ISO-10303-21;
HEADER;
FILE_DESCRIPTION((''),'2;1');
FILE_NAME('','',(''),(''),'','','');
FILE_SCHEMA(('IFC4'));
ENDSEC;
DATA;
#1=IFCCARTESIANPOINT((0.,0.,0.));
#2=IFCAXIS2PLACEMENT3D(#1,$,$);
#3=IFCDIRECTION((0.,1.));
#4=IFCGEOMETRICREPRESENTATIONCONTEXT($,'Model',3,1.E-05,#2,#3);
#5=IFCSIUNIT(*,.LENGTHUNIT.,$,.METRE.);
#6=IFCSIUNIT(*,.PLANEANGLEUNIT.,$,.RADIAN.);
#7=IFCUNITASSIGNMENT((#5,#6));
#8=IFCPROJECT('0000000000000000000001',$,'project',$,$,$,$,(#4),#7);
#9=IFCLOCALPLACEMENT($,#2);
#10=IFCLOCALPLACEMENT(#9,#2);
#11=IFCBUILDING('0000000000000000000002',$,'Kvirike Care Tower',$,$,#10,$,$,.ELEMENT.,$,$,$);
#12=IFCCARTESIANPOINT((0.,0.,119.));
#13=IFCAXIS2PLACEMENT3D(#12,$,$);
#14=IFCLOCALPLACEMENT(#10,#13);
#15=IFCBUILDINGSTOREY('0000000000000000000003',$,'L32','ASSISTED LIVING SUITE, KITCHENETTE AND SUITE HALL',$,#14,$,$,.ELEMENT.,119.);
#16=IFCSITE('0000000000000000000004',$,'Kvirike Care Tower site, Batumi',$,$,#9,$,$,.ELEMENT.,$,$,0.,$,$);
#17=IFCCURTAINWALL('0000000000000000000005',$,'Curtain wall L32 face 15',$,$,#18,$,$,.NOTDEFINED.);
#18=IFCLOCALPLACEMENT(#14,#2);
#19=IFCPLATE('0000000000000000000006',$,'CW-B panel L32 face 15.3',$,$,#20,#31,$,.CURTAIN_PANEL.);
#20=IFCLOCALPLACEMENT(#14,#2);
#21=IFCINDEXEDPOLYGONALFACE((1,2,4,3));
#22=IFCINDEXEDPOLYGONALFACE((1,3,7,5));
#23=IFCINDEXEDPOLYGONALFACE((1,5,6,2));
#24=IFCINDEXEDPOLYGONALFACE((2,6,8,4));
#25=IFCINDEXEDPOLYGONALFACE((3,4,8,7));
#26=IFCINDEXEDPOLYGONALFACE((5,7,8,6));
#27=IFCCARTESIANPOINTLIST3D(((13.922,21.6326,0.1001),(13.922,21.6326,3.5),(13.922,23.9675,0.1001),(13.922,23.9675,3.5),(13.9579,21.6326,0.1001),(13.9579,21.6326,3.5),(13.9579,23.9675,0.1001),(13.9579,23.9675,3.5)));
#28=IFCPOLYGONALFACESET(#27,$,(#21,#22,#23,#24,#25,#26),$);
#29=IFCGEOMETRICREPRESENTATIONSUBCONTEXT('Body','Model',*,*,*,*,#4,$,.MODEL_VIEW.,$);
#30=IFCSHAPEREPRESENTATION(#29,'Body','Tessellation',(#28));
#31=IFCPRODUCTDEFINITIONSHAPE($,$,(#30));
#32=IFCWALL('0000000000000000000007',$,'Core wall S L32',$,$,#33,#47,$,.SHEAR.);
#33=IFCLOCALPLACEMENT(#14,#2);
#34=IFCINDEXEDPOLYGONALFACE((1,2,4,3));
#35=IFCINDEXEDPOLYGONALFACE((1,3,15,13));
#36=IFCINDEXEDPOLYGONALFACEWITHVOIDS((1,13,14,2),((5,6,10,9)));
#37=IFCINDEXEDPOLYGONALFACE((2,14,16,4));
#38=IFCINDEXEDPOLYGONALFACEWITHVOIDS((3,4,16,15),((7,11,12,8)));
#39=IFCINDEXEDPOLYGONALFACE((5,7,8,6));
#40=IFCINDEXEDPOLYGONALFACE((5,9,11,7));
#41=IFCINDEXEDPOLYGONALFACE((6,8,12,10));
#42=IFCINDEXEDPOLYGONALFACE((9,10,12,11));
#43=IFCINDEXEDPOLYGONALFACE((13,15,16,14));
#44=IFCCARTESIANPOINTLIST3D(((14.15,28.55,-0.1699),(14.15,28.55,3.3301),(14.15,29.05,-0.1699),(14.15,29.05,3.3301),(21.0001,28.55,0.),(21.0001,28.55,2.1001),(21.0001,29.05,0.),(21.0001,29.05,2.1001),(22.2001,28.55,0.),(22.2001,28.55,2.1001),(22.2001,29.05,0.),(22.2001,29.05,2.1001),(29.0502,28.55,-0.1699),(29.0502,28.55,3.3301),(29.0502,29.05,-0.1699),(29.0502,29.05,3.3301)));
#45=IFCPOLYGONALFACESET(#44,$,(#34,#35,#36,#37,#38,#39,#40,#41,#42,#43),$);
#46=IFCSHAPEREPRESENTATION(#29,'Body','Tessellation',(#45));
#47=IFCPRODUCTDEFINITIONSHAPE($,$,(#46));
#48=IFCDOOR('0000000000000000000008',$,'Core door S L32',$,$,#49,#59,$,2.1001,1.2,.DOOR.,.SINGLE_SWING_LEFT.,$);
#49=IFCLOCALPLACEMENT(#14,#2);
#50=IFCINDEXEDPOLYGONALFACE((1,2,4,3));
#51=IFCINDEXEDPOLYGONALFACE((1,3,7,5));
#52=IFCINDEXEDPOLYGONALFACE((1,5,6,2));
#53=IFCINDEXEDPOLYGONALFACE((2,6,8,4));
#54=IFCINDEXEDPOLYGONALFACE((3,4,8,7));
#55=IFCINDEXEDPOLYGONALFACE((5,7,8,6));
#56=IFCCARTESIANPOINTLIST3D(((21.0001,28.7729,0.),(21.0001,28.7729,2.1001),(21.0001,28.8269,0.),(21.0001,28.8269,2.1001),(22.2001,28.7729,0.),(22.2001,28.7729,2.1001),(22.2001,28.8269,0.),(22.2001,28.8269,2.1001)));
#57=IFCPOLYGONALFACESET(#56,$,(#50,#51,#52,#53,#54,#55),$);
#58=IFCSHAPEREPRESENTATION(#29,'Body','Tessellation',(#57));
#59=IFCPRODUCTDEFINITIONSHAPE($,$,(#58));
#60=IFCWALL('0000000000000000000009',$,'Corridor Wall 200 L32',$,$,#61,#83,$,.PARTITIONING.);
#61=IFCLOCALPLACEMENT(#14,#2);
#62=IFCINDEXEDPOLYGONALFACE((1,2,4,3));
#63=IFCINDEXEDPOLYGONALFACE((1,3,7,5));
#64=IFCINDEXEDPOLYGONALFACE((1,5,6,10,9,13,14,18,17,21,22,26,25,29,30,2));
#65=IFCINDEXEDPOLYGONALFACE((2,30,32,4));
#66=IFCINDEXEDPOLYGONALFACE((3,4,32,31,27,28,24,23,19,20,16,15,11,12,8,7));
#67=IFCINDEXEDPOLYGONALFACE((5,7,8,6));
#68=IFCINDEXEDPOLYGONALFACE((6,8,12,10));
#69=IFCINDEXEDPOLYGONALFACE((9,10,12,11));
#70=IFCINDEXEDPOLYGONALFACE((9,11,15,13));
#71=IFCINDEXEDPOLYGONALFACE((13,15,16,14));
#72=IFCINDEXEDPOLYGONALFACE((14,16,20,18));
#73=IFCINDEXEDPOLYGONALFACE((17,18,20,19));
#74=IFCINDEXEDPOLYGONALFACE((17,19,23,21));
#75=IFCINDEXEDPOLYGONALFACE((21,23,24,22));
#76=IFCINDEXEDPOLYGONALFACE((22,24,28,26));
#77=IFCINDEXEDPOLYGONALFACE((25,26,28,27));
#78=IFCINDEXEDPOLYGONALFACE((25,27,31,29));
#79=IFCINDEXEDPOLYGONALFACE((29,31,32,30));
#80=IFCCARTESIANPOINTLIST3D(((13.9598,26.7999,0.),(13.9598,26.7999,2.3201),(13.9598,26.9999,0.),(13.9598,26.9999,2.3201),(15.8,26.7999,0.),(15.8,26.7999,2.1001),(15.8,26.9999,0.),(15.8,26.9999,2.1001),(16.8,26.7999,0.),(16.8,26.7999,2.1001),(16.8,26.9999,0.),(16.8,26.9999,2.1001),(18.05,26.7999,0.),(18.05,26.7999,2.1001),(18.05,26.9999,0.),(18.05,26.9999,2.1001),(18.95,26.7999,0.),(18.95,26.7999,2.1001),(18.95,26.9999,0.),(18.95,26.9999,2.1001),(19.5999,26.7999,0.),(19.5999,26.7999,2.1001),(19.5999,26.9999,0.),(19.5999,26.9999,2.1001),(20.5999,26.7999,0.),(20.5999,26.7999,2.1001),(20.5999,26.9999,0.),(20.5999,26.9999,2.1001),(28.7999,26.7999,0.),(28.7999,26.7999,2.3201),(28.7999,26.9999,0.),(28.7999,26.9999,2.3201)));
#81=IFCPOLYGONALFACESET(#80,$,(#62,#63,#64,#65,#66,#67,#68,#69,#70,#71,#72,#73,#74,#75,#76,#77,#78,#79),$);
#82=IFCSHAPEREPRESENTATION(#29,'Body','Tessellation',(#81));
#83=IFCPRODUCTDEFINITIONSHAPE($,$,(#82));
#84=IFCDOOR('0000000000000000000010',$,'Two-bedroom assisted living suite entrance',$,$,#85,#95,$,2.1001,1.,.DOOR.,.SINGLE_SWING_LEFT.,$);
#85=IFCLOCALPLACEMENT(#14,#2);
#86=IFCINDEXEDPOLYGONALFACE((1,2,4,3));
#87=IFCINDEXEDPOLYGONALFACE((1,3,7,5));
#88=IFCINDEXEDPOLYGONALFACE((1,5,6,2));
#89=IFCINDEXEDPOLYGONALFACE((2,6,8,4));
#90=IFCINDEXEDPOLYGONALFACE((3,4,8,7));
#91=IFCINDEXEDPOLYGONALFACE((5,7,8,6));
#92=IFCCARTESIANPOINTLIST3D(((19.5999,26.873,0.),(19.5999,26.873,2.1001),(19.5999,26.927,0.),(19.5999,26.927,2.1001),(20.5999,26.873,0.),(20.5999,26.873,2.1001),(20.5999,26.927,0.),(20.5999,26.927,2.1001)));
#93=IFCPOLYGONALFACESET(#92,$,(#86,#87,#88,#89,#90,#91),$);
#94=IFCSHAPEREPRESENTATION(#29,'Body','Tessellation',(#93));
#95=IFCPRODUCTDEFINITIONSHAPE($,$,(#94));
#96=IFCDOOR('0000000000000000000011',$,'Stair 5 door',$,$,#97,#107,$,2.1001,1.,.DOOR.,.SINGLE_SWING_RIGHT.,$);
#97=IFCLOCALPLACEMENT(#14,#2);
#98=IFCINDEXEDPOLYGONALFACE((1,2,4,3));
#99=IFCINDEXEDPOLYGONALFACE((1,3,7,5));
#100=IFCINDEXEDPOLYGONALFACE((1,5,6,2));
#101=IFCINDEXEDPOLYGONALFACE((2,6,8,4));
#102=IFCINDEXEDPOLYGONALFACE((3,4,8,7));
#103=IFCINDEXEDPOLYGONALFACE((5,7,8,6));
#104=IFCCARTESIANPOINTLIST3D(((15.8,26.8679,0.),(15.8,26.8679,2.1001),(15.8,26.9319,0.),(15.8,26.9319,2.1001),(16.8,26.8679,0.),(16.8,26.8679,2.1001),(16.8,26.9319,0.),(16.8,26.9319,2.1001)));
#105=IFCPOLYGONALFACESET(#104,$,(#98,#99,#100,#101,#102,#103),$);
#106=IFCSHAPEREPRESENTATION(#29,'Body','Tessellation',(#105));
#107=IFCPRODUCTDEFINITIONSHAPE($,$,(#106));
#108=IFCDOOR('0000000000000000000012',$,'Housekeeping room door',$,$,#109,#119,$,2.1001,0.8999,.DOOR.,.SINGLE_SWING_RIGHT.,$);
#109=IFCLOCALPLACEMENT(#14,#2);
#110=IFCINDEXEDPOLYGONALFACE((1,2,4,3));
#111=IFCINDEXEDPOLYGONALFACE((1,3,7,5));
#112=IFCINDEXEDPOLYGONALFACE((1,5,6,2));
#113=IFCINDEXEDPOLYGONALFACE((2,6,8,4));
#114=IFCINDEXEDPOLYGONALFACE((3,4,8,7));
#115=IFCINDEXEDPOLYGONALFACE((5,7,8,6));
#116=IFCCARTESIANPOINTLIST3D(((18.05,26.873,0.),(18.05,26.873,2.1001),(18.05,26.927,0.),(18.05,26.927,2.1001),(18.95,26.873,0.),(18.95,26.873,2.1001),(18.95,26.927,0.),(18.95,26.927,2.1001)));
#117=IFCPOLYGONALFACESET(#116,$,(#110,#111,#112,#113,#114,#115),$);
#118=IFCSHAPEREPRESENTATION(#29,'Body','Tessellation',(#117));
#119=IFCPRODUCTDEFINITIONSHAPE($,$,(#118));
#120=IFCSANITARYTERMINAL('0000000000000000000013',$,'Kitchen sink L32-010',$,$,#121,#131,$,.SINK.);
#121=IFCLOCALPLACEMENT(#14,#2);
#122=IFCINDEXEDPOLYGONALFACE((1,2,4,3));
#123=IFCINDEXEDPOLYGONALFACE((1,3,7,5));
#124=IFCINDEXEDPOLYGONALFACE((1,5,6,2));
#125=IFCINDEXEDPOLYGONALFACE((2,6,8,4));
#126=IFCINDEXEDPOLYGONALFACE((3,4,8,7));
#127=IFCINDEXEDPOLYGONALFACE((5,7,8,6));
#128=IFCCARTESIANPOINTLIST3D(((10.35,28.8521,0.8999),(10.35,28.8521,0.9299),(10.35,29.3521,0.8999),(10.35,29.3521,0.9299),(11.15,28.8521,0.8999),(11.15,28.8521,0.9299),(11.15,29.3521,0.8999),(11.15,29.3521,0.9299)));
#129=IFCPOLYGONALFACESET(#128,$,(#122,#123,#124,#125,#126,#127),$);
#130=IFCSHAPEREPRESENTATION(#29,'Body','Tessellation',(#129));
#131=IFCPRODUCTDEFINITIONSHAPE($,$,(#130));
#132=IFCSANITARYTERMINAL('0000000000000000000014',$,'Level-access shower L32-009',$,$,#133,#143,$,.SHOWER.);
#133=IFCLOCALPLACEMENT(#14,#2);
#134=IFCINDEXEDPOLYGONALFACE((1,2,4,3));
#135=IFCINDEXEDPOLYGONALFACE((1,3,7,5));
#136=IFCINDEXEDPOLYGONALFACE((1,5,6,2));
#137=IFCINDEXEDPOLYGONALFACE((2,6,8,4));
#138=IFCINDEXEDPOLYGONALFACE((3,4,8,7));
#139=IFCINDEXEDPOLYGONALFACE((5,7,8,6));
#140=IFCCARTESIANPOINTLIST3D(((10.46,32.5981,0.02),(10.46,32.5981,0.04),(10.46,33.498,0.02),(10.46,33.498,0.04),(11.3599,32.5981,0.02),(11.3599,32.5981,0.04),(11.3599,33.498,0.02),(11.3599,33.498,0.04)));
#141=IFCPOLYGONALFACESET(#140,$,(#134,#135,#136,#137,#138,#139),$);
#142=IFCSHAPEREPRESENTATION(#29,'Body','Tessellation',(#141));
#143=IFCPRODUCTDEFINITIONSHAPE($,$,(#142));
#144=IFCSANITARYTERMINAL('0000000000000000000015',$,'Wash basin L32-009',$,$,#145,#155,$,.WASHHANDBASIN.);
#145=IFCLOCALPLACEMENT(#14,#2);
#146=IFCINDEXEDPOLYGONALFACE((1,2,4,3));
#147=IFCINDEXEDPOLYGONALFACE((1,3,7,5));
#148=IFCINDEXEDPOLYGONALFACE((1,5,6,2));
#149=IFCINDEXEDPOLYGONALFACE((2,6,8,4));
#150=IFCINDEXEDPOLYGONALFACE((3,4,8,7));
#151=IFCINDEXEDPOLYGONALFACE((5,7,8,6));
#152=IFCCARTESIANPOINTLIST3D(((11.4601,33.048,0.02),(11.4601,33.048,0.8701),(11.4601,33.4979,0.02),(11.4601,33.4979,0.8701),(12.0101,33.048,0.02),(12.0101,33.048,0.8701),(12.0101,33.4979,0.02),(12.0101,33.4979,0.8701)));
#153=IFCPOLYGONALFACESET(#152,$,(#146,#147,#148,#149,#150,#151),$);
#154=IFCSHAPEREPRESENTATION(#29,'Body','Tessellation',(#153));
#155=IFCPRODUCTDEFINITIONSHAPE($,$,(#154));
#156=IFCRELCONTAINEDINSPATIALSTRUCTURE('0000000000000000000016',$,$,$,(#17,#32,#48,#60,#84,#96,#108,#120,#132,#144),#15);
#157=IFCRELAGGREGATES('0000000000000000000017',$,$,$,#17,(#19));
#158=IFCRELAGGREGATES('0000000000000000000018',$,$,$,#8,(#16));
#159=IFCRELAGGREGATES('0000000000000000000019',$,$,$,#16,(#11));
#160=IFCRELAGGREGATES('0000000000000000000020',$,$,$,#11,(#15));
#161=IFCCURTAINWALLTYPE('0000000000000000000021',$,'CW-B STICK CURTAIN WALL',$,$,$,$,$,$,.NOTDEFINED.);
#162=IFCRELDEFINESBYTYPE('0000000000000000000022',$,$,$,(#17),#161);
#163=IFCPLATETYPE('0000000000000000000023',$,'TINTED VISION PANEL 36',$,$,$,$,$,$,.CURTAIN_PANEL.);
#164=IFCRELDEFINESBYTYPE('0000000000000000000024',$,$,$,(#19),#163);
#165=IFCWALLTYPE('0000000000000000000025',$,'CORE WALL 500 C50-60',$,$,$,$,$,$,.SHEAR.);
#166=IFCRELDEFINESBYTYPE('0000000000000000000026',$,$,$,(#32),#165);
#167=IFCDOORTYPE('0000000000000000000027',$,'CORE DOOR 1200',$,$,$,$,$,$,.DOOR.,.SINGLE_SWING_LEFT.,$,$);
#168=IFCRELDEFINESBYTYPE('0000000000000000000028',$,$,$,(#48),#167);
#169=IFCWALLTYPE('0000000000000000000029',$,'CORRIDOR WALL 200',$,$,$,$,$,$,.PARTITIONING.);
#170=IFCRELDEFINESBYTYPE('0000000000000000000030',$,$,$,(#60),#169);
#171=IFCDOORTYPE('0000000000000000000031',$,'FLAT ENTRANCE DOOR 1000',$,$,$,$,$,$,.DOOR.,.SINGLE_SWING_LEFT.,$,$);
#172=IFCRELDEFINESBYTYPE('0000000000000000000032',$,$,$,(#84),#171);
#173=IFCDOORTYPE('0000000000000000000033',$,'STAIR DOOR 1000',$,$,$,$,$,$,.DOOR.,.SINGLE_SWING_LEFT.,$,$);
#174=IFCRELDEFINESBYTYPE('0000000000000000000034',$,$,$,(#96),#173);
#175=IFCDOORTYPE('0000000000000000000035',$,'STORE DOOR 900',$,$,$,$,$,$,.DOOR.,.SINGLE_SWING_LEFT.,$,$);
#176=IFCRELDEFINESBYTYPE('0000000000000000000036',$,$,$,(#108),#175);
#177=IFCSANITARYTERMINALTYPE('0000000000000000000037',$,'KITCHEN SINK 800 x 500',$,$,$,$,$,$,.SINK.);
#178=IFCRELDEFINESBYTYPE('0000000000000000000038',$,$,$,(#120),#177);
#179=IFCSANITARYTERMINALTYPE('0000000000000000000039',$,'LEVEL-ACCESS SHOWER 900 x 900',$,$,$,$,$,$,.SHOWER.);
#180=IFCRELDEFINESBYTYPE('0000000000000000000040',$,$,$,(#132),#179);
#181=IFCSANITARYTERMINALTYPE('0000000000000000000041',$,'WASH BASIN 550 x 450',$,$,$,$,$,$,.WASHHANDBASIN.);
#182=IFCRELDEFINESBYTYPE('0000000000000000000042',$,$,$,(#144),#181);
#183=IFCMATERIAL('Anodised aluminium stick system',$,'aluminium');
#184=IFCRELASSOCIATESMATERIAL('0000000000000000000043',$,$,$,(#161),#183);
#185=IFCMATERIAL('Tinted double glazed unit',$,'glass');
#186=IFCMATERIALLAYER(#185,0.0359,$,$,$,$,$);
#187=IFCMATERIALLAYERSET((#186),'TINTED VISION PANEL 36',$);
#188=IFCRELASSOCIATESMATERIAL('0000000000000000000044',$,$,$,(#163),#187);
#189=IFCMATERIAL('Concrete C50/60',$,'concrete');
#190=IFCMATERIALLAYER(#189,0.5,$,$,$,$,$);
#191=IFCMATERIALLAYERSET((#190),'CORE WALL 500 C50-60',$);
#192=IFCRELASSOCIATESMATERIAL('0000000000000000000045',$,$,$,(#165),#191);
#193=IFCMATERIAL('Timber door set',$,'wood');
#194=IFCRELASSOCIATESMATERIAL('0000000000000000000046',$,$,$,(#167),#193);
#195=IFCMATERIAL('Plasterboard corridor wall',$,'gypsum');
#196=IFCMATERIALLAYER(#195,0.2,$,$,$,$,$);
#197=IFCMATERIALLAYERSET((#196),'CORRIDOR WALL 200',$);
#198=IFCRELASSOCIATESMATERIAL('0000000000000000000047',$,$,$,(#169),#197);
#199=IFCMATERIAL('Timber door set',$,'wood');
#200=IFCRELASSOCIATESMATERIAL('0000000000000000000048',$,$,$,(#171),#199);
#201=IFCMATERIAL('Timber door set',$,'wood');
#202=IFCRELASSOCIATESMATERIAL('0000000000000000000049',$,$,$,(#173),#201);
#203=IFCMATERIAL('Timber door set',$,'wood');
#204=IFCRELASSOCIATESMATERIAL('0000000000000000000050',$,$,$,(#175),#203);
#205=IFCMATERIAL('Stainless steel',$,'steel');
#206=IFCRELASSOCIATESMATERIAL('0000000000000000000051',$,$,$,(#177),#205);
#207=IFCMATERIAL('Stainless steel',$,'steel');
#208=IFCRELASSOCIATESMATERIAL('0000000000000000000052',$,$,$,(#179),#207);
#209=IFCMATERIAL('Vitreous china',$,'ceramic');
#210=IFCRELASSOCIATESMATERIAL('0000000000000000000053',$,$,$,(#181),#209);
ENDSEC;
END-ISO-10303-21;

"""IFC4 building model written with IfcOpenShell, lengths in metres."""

from ifc_helpers import new_model, si_unit, direction, frame, frame_2d, origin, origin_2d, place, context, subcontext, project, spatial, rectangle, extrude, material, layer, layer_set, type_object, element, fill, aggregate, save


model = new_model("IFC4")

# Units and contexts
model_context = context("Model", 3, precision=1e-05, world=origin(), true_north=direction((0.0, 1.0)))
body_context = subcontext(model_context, "Body", "Model", "MODEL_VIEW")
ifc_project = project(units=[si_unit("LENGTHUNIT", "METRE"), si_unit("PLANEANGLEUNIT", "RADIAN")], contexts=[model_context])

# Site, building, storey
site_placement = place(None, origin())
site = spatial("IfcSite", under=ifc_project, at=site_placement, Name="Kvirike Care Tower site, Batumi", CompositionType="ELEMENT", RefElevation=0.0)
building_placement = place(site_placement, origin())
building = spatial("IfcBuilding", under=site, at=building_placement, Name="Kvirike Care Tower", CompositionType="ELEMENT")
storey_placement = place(building_placement, frame((0.0, 0.0, 119.0)))
storey = spatial("IfcBuildingStorey", under=building, at=storey_placement, Name="L32", Description="ASSISTED LIVING SUITE, KITCHENETTE AND SUITE HALL", CompositionType="ELEMENT", Elevation=119.0)

# Curtain wall
ifc_material_1 = material(Name="Anodised aluminium stick system", Category="aluminium")
curtain_wall_type = type_object("IfcCurtainWallType", Name="CW-B STICK CURTAIN WALL", PredefinedType="NOTDEFINED", material=ifc_material_1)
curtain_wall_1_placement = place(storey_placement, origin())
curtain_wall_1 = element("IfcCurtainWall", 1, at=curtain_wall_1_placement, inside=storey, type_object=curtain_wall_type, Name="Curtain wall L32 face 15", PredefinedType="NOTDEFINED")

# Plate
ifc_material_2 = material(Name="Tinted double glazed unit", Category="glass")
ifc_layer_1 = layer(ifc_material_2, 0.0359)
ifc_layer_set_1 = layer_set([ifc_layer_1], Name="TINTED VISION PANEL 36")
plate_type = type_object("IfcPlateType", Name="TINTED VISION PANEL 36", PredefinedType="CURTAIN_PANEL", material=ifc_layer_set_1)
plate_1_placement = place(storey_placement, frame((13.9399, 22.8, 0.1001), z_axis=(0.0, 0.0, 1.0), x_axis=(0.0, -1.0, 0.0)))
plate_1 = element("IfcPlate", 2, at=plate_1_placement, type_object=plate_type, Name="CW-B panel L32 face 15.3", PredefinedType="CURTAIN_PANEL", context=body_context, shape_type="SweptSolid", body=[
    extrude(rectangle(XDim=2.335, YDim=0.0359, at=origin_2d()), origin(), (0.0, 0.0, 1.0), 3.3999),
])
aggregate(curtain_wall_1, [plate_1])

# Wall, opening, door
ifc_material_3 = material(Name="Concrete C50/60", Category="concrete")
ifc_layer_2 = layer(ifc_material_3, 0.5)
ifc_layer_set_2 = layer_set([ifc_layer_2], Name="CORE WALL 500 C50-60")
wall_type_1 = type_object("IfcWallType", Name="CORE WALL 500 C50-60", PredefinedType="SHEAR", material=ifc_layer_set_2)
wall_1_placement = place(storey_placement, frame((14.1499, 28.8, -0.1699), z_axis=(0.0, 0.0, 1.0), x_axis=(1.0, 0.0, 0.0)))
wall_1 = element("IfcWall", 3, at=wall_1_placement, inside=storey, type_object=wall_type_1, Name="Core wall S L32", PredefinedType="SHEAR", context=body_context, shape_type="SweptSolid", body=[
    extrude(rectangle(XDim=14.9001, YDim=0.5, at=frame_2d((7.4502, 0.0))), origin(), (0.0, 0.0, 1.0), 3.5),
])
opening_1_placement = place(wall_1_placement, frame((6.8501, 0.0, 0.1699)))
opening_1 = element("IfcOpeningElement", 4, at=opening_1_placement, cuts=wall_1, PredefinedType="OPENING", context=body_context, shape_type="SweptSolid", body=[
    extrude(rectangle(XDim=1.2, YDim=2.1001, at=frame_2d((0.6001, 1.05))), frame((0.0, 0.2605, 0.0), z_axis=(0.0, -1.0, 0.0), x_axis=(1.0, 0.0, 0.0)), (0.0, 0.0, 1.0), 0.521),
])
ifc_material_4 = material(Name="Timber door set", Category="wood")
door_type_1 = type_object("IfcDoorType", Name="CORE DOOR 1200", OperationType="SINGLE_SWING_LEFT", PredefinedType="DOOR", material=ifc_material_4)
door_1_placement = place(opening_1_placement, origin())
door_1 = element("IfcDoor", 5, at=door_1_placement, inside=storey, type_object=door_type_1, Name="Core door S L32", OperationType="SINGLE_SWING_LEFT", OverallHeight=2.1001, OverallWidth=1.2, PredefinedType="DOOR", context=body_context, shape_type="SweptSolid", body=[
    extrude(rectangle(XDim=1.2, YDim=2.1001, at=frame_2d((0.6001, 1.05))), frame((0.0, 0.0269, 0.0), z_axis=(0.0, -1.0, 0.0), x_axis=(1.0, 0.0, 0.0)), (0.0, 0.0, 1.0), 0.054),
])
fill(opening_1, door_1)

# Wall, openings, doors
ifc_material_5 = material(Name="Plasterboard corridor wall", Category="gypsum")
ifc_layer_3 = layer(ifc_material_5, 0.2)
ifc_layer_set_3 = layer_set([ifc_layer_3], Name="CORRIDOR WALL 200")
wall_type_2 = type_object("IfcWallType", Name="CORRIDOR WALL 200", PredefinedType="PARTITIONING", material=ifc_layer_set_3)
wall_2_placement = place(storey_placement, frame((13.96, 26.8999, 0.0), z_axis=(0.0, 0.0, 1.0), x_axis=(1.0, 0.0, 0.0)))
wall_2 = element("IfcWall", 6, at=wall_2_placement, inside=storey, type_object=wall_type_2, Name="Corridor Wall 200 L32", PredefinedType="PARTITIONING", context=body_context, shape_type="SweptSolid", body=[
    extrude(rectangle(XDim=14.8401, YDim=0.2, at=frame_2d((7.4199, 0.0))), origin(), (0.0, 0.0, 1.0), 2.3201),
])
opening_2_placement = place(wall_2_placement, frame((1.8401, 0.0, 0.0)))
opening_2 = element("IfcOpeningElement", 7, at=opening_2_placement, cuts=wall_2, PredefinedType="OPENING", context=body_context, shape_type="SweptSolid", body=[
    extrude(rectangle(XDim=1.0, YDim=2.1001, at=frame_2d((0.5, 1.05))), frame((0.0, 0.1106, 0.0), z_axis=(0.0, -1.0, 0.0), x_axis=(1.0, 0.0, 0.0)), (0.0, 0.0, 1.0), 0.2209),
])
opening_3_placement = place(wall_2_placement, frame((4.0901, 0.0, 0.0)))
opening_3 = element("IfcOpeningElement", 8, at=opening_3_placement, cuts=wall_2, PredefinedType="OPENING", context=body_context, shape_type="SweptSolid", body=[
    extrude(rectangle(XDim=0.8999, YDim=2.1001, at=frame_2d((0.45, 1.05))), frame((0.0, 0.1106, 0.0), z_axis=(0.0, -1.0, 0.0), x_axis=(1.0, 0.0, 0.0)), (0.0, 0.0, 1.0), 0.2209),
])
opening_4_placement = place(wall_2_placement, frame((5.6399, 0.0, 0.0)))
opening_4 = element("IfcOpeningElement", 9, at=opening_4_placement, cuts=wall_2, PredefinedType="OPENING", context=body_context, shape_type="SweptSolid", body=[
    extrude(rectangle(XDim=1.0, YDim=2.1001, at=frame_2d((0.5, 1.05))), frame((0.0, 0.1106, 0.0), z_axis=(0.0, -1.0, 0.0), x_axis=(1.0, 0.0, 0.0)), (0.0, 0.0, 1.0), 0.2209),
])
ifc_material_6 = material(Name="Timber door set", Category="wood")
door_type_2 = type_object("IfcDoorType", Name="FLAT ENTRANCE DOOR 1000", OperationType="SINGLE_SWING_LEFT", PredefinedType="DOOR", material=ifc_material_6)
door_2_placement = place(opening_4_placement, frame((1.0, 0.0, 0.0), z_axis=(0.0, 0.0, 1.0), x_axis=(-1.0, 0.0, 0.0)))
door_2 = element("IfcDoor", 10, at=door_2_placement, inside=storey, type_object=door_type_2, Name="Two-bedroom assisted living suite entrance", OperationType="SINGLE_SWING_LEFT", OverallHeight=2.1001, OverallWidth=1.0, PredefinedType="DOOR", context=body_context, shape_type="SweptSolid", body=[
    extrude(rectangle(XDim=1.0, YDim=2.1001, at=frame_2d((0.5, 1.05))), frame((0.0, 0.0269, 0.0), z_axis=(0.0, -1.0, 0.0), x_axis=(1.0, 0.0, 0.0)), (0.0, 0.0, 1.0), 0.054),
])
fill(opening_4, door_2)
ifc_material_7 = material(Name="Timber door set", Category="wood")
door_type_3 = type_object("IfcDoorType", Name="STAIR DOOR 1000", OperationType="SINGLE_SWING_LEFT", PredefinedType="DOOR", material=ifc_material_7)
door_3_placement = place(opening_2_placement, frame((1.0, 0.0, 0.0), z_axis=(0.0, 0.0, 1.0), x_axis=(-1.0, 0.0, 0.0)))
door_3 = element("IfcDoor", 11, at=door_3_placement, inside=storey, type_object=door_type_3, Name="Stair 5 door", OperationType="SINGLE_SWING_RIGHT", OverallHeight=2.1001, OverallWidth=1.0, PredefinedType="DOOR", context=body_context, shape_type="SweptSolid", body=[
    extrude(rectangle(XDim=1.0, YDim=2.1001, at=frame_2d((0.5, 1.05))), frame((0.0, 0.032, 0.0), z_axis=(0.0, -1.0, 0.0), x_axis=(1.0, 0.0, 0.0)), (0.0, 0.0, 1.0), 0.064),
])
fill(opening_2, door_3)
ifc_material_8 = material(Name="Timber door set", Category="wood")
door_type_4 = type_object("IfcDoorType", Name="STORE DOOR 900", OperationType="SINGLE_SWING_LEFT", PredefinedType="DOOR", material=ifc_material_8)
door_4_placement = place(opening_3_placement, frame((0.8999, 0.0, 0.0), z_axis=(0.0, 0.0, 1.0), x_axis=(-1.0, 0.0, 0.0)))
door_4 = element("IfcDoor", 12, at=door_4_placement, inside=storey, type_object=door_type_4, Name="Housekeeping room door", OperationType="SINGLE_SWING_RIGHT", OverallHeight=2.1001, OverallWidth=0.8999, PredefinedType="DOOR", context=body_context, shape_type="SweptSolid", body=[
    extrude(rectangle(XDim=0.8999, YDim=2.1001, at=frame_2d((0.45, 1.05))), frame((0.0, 0.0269, 0.0), z_axis=(0.0, -1.0, 0.0), x_axis=(1.0, 0.0, 0.0)), (0.0, 0.0, 1.0), 0.054),
])
fill(opening_3, door_4)

# Sanitary terminals
ifc_material_9 = material(Name="Stainless steel", Category="steel")
sanitary_terminal_type_1 = type_object("IfcSanitaryTerminalType", Name="KITCHEN SINK 800 x 500", PredefinedType="SINK", material=ifc_material_9)
sanitary_terminal_1_placement = place(storey_placement, frame((10.75, 29.1021, 0.8999), z_axis=(0.0, 0.0, 1.0), x_axis=(-1.0, 0.0, 0.0)))
element("IfcSanitaryTerminal", 13, at=sanitary_terminal_1_placement, inside=storey, type_object=sanitary_terminal_type_1, Name="Kitchen sink L32-010", PredefinedType="SINK", context=body_context, shape_type="SweptSolid", body=[
    extrude(rectangle(XDim=0.8, YDim=0.5, at=origin_2d()), origin(), (0.0, 0.0, 1.0), 0.03),
])
ifc_material_10 = material(Name="Stainless steel", Category="steel")
sanitary_terminal_type_2 = type_object("IfcSanitaryTerminalType", Name="LEVEL-ACCESS SHOWER 900 x 900", PredefinedType="SHOWER", material=ifc_material_10)
sanitary_terminal_2_placement = place(storey_placement, frame((10.9099, 33.0481, 0.02), z_axis=(0.0, 0.0, 1.0), x_axis=(1.0, 0.0, 0.0)))
element("IfcSanitaryTerminal", 14, at=sanitary_terminal_2_placement, inside=storey, type_object=sanitary_terminal_type_2, Name="Level-access shower L32-009", PredefinedType="SHOWER", context=body_context, shape_type="SweptSolid", body=[
    extrude(rectangle(XDim=0.8999, YDim=0.8999, at=origin_2d()), origin(), (0.0, 0.0, 1.0), 0.02),
])
ifc_material_11 = material(Name="Vitreous china", Category="ceramic")
sanitary_terminal_type_3 = type_object("IfcSanitaryTerminalType", Name="WASH BASIN 550 x 450", PredefinedType="WASHHANDBASIN", material=ifc_material_11)
sanitary_terminal_3_placement = place(storey_placement, frame((11.7351, 33.2729, 0.02), z_axis=(0.0, 0.0, 1.0), x_axis=(1.0, 0.0, 0.0)))
element("IfcSanitaryTerminal", 15, at=sanitary_terminal_3_placement, inside=storey, type_object=sanitary_terminal_type_3, Name="Wash basin L32-009", PredefinedType="WASHHANDBASIN", context=body_context, shape_type="SweptSolid", body=[
    extrude(rectangle(XDim=0.55, YDim=0.45, at=origin_2d()), origin(), (0.0, 0.0, 1.0), 0.8501),
])

save(model, "model.ifc")
